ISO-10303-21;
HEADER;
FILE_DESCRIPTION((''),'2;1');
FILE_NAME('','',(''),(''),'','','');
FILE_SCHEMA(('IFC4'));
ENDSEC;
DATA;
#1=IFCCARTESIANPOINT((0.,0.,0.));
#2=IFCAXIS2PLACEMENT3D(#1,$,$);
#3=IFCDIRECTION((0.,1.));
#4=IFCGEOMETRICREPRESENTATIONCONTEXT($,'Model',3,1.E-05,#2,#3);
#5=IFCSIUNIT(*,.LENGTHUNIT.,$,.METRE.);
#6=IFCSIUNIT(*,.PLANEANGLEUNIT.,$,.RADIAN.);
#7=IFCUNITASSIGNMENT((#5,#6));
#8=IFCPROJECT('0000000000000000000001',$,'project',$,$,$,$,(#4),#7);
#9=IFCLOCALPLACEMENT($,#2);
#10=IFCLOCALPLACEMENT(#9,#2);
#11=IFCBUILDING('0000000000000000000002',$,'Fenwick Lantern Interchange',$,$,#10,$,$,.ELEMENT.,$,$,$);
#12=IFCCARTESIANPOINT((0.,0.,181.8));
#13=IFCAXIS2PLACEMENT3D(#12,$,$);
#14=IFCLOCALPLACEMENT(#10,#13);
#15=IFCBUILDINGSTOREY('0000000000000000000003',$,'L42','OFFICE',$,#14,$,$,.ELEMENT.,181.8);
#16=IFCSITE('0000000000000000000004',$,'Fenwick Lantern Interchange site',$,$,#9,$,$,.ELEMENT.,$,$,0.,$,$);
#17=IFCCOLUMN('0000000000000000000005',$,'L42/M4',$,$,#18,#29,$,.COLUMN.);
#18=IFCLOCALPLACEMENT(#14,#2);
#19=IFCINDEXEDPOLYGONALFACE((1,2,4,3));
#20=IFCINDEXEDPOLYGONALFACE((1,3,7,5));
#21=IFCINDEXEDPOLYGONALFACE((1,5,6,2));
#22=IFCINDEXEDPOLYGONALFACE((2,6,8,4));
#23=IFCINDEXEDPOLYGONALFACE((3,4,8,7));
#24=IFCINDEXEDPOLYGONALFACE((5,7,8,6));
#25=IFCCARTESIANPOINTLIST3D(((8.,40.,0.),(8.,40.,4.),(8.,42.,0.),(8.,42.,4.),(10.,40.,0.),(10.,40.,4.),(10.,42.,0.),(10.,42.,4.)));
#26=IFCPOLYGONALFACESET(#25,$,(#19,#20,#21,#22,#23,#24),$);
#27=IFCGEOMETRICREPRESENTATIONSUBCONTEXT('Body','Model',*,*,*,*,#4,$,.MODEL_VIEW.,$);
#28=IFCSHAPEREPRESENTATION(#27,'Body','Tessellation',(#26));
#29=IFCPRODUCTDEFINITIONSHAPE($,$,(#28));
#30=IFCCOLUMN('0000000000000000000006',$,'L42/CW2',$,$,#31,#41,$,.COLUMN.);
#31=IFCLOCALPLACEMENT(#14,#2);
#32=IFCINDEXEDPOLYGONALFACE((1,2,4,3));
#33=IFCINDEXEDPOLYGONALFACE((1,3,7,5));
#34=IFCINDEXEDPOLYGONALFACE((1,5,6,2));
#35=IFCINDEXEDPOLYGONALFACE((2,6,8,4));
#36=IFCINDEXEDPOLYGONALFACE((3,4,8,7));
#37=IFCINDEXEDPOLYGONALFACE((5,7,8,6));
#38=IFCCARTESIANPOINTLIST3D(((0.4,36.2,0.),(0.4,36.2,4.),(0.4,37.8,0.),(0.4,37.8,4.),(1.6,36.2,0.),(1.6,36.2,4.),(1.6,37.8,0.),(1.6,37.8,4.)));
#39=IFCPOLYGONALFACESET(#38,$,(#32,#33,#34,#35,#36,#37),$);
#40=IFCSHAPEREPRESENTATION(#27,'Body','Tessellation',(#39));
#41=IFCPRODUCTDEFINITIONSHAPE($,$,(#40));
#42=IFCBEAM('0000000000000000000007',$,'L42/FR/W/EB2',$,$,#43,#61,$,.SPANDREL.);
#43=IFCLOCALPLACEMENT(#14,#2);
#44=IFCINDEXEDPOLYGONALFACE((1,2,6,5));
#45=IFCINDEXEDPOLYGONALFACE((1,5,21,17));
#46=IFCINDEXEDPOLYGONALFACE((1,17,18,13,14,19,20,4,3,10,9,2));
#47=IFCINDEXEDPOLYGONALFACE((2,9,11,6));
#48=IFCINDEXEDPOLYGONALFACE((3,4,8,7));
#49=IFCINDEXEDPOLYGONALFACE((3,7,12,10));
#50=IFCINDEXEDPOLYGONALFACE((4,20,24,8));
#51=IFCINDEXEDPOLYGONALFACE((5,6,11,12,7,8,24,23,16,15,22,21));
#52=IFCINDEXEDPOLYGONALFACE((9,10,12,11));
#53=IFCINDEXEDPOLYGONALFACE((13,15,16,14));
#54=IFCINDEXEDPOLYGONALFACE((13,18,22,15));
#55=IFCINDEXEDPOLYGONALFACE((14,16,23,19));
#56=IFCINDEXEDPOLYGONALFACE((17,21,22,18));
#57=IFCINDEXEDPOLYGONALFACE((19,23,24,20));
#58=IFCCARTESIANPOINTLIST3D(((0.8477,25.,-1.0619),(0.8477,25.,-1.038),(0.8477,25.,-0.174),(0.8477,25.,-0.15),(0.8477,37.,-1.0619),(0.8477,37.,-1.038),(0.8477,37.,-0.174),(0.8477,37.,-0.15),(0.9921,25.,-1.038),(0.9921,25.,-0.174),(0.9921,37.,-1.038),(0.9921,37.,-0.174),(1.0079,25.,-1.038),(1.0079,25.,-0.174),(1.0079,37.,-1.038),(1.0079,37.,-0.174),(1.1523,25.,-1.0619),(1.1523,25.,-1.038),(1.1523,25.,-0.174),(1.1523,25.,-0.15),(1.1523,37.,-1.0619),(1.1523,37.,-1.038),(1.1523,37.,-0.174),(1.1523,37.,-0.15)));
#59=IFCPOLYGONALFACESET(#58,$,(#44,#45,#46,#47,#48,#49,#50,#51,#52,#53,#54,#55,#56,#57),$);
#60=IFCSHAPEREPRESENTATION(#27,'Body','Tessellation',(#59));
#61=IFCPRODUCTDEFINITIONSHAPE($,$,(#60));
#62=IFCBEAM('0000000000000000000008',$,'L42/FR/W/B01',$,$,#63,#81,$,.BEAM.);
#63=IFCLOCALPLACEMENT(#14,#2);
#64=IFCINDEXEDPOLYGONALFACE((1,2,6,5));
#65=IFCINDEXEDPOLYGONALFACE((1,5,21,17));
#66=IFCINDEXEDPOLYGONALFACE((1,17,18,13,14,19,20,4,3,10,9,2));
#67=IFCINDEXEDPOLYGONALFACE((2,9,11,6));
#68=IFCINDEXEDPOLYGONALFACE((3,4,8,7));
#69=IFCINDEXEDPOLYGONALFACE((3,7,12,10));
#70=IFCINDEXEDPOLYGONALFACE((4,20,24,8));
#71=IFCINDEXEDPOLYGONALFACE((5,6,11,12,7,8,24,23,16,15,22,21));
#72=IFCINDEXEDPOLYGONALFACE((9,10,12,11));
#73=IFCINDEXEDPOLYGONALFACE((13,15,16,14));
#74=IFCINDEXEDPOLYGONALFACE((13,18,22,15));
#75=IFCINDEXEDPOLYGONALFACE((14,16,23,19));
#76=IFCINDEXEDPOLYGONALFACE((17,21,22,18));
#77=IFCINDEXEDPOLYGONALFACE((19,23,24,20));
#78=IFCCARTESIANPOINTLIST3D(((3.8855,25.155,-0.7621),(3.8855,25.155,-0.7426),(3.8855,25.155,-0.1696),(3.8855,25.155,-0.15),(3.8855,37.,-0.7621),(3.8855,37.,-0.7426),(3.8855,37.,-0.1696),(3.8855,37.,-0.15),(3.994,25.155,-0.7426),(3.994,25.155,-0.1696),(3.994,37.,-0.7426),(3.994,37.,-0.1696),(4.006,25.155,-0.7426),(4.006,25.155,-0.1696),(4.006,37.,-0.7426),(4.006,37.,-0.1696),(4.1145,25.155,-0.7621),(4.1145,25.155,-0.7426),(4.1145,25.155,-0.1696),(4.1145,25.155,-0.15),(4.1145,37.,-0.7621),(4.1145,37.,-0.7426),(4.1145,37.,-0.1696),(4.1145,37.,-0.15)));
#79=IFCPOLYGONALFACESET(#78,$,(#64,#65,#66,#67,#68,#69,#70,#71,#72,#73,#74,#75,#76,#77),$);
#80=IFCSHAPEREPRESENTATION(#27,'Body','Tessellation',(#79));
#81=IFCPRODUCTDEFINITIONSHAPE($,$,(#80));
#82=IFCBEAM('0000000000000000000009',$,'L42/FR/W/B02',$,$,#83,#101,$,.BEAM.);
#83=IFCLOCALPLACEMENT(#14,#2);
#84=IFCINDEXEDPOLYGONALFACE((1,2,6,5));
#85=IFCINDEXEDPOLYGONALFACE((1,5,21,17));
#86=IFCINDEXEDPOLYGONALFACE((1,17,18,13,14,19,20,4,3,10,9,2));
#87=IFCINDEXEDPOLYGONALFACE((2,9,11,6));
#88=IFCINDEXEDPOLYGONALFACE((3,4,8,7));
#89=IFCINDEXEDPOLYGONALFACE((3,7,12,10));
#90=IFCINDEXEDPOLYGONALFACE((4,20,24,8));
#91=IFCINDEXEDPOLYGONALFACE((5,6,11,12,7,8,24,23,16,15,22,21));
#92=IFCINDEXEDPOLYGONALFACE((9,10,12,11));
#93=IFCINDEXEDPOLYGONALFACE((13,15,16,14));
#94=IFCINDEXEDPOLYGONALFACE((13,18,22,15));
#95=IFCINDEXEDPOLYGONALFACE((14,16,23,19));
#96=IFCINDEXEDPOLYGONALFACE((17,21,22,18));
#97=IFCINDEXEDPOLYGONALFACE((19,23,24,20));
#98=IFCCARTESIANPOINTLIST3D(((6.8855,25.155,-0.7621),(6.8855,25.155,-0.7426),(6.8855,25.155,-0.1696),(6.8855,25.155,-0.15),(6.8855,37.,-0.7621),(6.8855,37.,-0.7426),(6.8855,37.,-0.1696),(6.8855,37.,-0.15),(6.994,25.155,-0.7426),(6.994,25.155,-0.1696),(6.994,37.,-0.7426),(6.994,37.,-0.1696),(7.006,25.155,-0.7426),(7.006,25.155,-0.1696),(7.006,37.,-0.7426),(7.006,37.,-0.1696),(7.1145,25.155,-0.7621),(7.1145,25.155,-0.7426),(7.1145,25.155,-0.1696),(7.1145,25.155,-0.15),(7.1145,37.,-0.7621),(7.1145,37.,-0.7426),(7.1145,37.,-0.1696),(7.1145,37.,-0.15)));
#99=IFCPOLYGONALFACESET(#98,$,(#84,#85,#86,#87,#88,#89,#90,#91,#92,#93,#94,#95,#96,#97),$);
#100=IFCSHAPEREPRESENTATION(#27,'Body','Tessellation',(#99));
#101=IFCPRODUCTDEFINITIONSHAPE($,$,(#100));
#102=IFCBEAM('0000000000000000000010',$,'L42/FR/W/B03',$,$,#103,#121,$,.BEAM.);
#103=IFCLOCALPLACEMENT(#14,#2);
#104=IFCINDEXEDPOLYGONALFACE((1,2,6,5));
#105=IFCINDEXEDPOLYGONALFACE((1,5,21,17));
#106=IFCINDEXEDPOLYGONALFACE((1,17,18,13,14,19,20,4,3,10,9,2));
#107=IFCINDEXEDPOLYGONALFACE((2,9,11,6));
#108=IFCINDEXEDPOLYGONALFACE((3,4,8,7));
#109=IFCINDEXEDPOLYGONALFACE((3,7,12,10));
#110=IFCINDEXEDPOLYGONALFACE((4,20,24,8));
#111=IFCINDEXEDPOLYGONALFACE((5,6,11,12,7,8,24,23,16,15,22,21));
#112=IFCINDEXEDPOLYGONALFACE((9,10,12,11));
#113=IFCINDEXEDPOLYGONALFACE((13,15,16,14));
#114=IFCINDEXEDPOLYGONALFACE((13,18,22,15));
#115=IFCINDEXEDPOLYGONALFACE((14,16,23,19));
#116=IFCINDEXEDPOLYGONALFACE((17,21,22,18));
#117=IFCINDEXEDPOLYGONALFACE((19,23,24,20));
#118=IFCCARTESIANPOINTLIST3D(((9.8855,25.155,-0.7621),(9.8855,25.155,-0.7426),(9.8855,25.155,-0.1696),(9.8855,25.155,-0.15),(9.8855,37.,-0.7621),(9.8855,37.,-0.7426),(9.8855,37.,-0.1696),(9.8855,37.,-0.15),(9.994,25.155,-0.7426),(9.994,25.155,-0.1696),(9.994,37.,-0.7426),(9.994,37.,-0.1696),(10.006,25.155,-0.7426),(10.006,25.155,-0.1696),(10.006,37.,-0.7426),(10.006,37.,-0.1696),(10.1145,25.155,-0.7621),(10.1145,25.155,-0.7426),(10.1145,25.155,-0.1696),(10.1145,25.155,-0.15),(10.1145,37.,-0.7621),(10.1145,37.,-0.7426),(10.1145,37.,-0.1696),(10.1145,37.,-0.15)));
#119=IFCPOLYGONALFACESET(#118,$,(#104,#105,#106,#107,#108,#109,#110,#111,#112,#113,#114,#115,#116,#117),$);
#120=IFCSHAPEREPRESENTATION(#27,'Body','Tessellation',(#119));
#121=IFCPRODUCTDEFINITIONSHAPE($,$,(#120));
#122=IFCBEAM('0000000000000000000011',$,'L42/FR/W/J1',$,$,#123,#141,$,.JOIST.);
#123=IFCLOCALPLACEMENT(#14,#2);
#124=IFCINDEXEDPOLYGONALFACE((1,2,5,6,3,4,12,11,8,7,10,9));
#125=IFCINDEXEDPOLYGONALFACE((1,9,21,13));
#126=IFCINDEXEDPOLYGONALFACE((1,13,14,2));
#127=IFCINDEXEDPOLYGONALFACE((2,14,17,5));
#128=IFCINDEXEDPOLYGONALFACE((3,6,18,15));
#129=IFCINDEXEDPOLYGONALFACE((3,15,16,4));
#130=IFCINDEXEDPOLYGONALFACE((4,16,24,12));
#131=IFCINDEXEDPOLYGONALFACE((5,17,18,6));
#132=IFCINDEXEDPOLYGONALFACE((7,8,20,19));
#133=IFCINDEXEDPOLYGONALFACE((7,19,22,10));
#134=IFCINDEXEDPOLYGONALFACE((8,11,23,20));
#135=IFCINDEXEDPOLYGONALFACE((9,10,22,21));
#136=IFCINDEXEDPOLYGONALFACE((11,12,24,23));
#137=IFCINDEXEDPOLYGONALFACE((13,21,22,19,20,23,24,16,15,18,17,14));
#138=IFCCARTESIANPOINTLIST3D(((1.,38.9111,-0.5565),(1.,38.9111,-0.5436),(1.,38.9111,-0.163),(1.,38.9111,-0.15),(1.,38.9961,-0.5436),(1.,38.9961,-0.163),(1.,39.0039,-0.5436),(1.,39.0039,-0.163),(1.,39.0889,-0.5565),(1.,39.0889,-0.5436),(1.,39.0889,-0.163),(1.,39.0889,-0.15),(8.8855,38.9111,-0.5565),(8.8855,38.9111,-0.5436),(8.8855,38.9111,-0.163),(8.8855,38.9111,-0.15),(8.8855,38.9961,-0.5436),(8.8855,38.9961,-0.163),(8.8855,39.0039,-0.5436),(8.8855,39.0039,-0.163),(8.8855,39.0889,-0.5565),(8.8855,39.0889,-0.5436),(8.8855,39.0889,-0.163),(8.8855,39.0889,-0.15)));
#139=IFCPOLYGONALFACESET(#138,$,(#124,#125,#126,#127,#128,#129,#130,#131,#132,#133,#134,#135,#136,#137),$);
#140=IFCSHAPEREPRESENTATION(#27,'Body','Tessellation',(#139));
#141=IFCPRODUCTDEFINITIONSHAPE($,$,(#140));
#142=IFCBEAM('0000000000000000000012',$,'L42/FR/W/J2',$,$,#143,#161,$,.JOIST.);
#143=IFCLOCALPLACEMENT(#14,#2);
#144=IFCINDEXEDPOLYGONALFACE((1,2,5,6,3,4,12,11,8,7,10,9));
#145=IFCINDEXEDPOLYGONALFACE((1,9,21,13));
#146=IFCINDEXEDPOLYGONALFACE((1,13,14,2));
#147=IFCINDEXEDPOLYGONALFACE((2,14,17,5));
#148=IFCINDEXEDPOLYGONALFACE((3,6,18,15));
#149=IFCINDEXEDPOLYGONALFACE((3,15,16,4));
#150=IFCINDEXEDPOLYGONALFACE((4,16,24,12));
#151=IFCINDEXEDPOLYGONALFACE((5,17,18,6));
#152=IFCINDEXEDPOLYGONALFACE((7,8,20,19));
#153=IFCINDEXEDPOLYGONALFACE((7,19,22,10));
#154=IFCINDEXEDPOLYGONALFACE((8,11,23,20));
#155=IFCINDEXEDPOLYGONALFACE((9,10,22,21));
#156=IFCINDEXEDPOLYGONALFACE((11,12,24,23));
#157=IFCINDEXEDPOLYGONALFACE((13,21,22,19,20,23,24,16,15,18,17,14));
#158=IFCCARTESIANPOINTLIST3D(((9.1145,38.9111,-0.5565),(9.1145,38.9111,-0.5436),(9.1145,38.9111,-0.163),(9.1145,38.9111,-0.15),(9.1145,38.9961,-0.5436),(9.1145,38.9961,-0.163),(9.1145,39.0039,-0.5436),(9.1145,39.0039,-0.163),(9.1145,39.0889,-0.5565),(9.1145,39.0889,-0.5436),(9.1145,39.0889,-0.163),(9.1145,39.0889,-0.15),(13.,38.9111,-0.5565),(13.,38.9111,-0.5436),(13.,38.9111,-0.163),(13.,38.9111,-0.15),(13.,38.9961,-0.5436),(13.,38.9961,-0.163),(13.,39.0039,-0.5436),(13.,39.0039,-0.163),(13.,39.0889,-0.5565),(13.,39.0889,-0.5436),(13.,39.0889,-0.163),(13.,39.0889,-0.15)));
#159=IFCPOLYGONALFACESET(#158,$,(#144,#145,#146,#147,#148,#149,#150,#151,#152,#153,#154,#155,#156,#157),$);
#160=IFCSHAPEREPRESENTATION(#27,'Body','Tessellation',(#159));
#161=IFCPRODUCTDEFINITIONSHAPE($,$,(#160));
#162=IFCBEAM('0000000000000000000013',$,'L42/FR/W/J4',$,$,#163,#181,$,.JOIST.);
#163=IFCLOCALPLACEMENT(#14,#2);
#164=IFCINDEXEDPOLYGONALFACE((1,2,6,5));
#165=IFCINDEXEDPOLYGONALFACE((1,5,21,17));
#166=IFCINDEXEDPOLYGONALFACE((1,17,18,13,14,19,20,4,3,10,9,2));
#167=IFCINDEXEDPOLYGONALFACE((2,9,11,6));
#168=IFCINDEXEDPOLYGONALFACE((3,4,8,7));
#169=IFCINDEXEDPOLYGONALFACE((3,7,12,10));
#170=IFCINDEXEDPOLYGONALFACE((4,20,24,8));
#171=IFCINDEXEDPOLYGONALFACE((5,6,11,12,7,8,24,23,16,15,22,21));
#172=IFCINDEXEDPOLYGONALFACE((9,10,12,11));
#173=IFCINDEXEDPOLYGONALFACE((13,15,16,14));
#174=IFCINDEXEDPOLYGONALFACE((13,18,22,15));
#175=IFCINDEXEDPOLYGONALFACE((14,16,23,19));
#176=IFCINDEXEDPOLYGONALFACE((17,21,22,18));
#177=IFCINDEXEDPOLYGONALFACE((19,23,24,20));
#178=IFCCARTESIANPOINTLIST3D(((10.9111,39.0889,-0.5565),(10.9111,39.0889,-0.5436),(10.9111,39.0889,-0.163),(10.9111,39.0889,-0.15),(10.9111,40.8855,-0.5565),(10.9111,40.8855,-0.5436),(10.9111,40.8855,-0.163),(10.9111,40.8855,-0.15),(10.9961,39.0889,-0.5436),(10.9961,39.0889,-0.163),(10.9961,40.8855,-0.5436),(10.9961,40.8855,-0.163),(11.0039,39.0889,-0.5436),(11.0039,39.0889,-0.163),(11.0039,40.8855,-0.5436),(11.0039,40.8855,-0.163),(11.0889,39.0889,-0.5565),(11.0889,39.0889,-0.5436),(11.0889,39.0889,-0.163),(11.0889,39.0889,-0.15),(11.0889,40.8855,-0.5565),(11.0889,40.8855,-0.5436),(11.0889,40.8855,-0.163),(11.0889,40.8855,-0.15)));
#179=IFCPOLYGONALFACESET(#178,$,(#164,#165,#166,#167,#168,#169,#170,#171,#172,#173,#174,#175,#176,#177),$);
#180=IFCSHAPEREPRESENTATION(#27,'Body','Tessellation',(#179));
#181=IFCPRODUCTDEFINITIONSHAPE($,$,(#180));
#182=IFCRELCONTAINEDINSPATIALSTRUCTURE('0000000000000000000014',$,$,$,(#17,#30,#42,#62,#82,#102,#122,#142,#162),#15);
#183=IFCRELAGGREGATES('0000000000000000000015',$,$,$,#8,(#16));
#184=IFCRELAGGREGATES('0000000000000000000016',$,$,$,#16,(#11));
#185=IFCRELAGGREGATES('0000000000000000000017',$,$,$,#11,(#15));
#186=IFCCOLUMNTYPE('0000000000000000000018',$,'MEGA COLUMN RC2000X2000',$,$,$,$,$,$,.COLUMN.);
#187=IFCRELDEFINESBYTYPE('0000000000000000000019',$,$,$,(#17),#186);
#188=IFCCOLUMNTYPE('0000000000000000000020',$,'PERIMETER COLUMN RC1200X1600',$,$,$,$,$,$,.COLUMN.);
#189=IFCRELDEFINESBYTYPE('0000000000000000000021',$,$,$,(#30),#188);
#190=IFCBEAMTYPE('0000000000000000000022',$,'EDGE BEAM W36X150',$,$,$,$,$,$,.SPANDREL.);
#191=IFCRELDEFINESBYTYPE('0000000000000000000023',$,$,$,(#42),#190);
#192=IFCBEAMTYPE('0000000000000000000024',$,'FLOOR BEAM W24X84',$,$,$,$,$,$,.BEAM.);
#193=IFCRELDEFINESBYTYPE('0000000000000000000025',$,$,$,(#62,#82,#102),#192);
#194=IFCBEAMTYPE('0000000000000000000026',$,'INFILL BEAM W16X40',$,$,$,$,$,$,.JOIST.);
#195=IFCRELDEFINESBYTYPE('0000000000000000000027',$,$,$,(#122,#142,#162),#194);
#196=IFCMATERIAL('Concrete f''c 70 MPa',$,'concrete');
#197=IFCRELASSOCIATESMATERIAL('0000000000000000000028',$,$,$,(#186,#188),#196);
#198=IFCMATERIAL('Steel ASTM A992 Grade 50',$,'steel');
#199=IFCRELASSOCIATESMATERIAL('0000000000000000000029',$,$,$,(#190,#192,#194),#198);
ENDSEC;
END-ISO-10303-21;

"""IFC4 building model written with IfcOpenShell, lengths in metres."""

from ifc_helpers import new_model, si_unit, direction, frame, origin, origin_2d, place, context, subcontext, project, spatial, rectangle, i_section, extrude, material, material_profile, profile_set, type_object, element, save


model = new_model("IFC4")

# Units and contexts
model_context = context("Model", 3, precision=1e-05, world=origin(), true_north=direction((0.0, 1.0)))
body_context = subcontext(model_context, "Body", "Model", "MODEL_VIEW")
ifc_project = project(units=[si_unit("LENGTHUNIT", "METRE"), si_unit("PLANEANGLEUNIT", "RADIAN")], contexts=[model_context])

# Site, building, storey
site_placement = place(None, origin())
site = spatial("IfcSite", under=ifc_project, at=site_placement, Name="Fenwick Lantern Interchange site", CompositionType="ELEMENT", RefElevation=0.0)
building_placement = place(site_placement, origin())
building = spatial("IfcBuilding", under=site, at=building_placement, Name="Fenwick Lantern Interchange", CompositionType="ELEMENT")
storey_placement = place(building_placement, frame((0.0, 0.0, 181.8)))
storey = spatial("IfcBuildingStorey", under=building, at=storey_placement, Name="L42", Description="OFFICE", CompositionType="ELEMENT", Elevation=181.8)

# Columns
ifc_material_1 = material(Name="Concrete f'c 70 MPa", Category="concrete")
ifc_material_profile_1 = material_profile(ifc_material_1, rectangle(XDim=2.0, YDim=2.0, at=origin_2d()), Name="RC2000X2000")
ifc_profile_set_1 = profile_set([ifc_material_profile_1], Name="Concrete f'c 70 MPa")
column_type_1 = type_object("IfcColumnType", Name="MEGA COLUMN RC2000X2000", PredefinedType="COLUMN", material=ifc_profile_set_1)
column_1_placement = place(storey_placement, frame((9.0, 41.0, 0.0), z_axis=(0.0, 0.0, 1.0), x_axis=(1.0, 0.0, 0.0)))
element("IfcColumn", 1, at=column_1_placement, inside=storey, type_object=column_type_1, Name="L42/M4", PredefinedType="COLUMN", context=body_context, shape_type="SweptSolid", body=[
    extrude(rectangle(XDim=2.0, YDim=2.0, at=origin_2d()), origin(), (0.0, 0.0, 1.0), 4.0),
])
ifc_material_profile_2 = material_profile(ifc_material_1, rectangle(XDim=1.2, YDim=1.6001, at=origin_2d()), Name="RC1200X1600")
ifc_profile_set_2 = profile_set([ifc_material_profile_2], Name="Concrete f'c 70 MPa")
column_type_2 = type_object("IfcColumnType", Name="PERIMETER COLUMN RC1200X1600", PredefinedType="COLUMN", material=ifc_profile_set_2)
column_2_placement = place(storey_placement, frame((1.0, 37.0, 0.0), z_axis=(0.0, 0.0, 1.0), x_axis=(1.0, 0.0, 0.0)))
element("IfcColumn", 2, at=column_2_placement, inside=storey, type_object=column_type_2, Name="L42/CW2", PredefinedType="COLUMN", context=body_context, shape_type="SweptSolid", body=[
    extrude(rectangle(XDim=1.2, YDim=1.6001, at=origin_2d()), origin(), (0.0, 0.0, 1.0), 4.0),
])

# Beams
ifc_material_2 = material(Name="Steel ASTM A992 Grade 50", Category="steel")
ifc_material_profile_3 = material_profile(ifc_material_2, i_section(OverallWidth=0.3047, OverallDepth=0.9119, WebThickness=0.0159, FlangeThickness=0.0239, at=origin_2d()), Name="W36X150")
ifc_profile_set_3 = profile_set([ifc_material_profile_3], Name="Steel ASTM A992 Grade 50")
beam_type_1 = type_object("IfcBeamType", Name="EDGE BEAM W36X150", PredefinedType="SPANDREL", material=ifc_profile_set_3)
beam_1_placement = place(storey_placement, frame((1.0, 37.0, -0.606), z_axis=(0.0, -1.0, 0.0), x_axis=(1.0, 0.0, 0.0)))
element("IfcBeam", 3, at=beam_1_placement, inside=storey, type_object=beam_type_1, Name="L42/FR/W/EB2", PredefinedType="SPANDREL", context=body_context, shape_type="SweptSolid", body=[
    extrude(i_section(OverallWidth=0.3047, OverallDepth=0.9119, WebThickness=0.0159, FlangeThickness=0.0239, at=origin_2d()), origin(), (0.0, 0.0, 1.0), 12.0),
])
ifc_material_profile_4 = material_profile(ifc_material_2, i_section(OverallWidth=0.229, OverallDepth=0.6121, WebThickness=0.012, FlangeThickness=0.0195, at=origin_2d()), Name="W24X84")
ifc_profile_set_4 = profile_set([ifc_material_profile_4], Name="Steel ASTM A992 Grade 50")
beam_type_2 = type_object("IfcBeamType", Name="FLOOR BEAM W24X84", PredefinedType="BEAM", material=ifc_profile_set_4)
for number, where, z_axis, x_axis, name in (
    (4, (4.0, 37.0, -0.4561), (0.0, -1.0, 0.0), (1.0, 0.0, 0.0), "L42/FR/W/B01"),
    (5, (7.0, 37.0, -0.4561), (0.0, -1.0, 0.0), (1.0, 0.0, 0.0), "L42/FR/W/B02"),
    (6, (10.0, 37.0, -0.4561), (0.0, -1.0, 0.0), (1.0, 0.0, 0.0), "L42/FR/W/B03"),
):
    element("IfcBeam", number, at=place(storey_placement, frame(where, z_axis=z_axis, x_axis=x_axis)), inside=storey, type_object=beam_type_2, Name=name, PredefinedType="BEAM", context=body_context, shape_type="SweptSolid", body=[
        extrude(i_section(OverallWidth=0.229, OverallDepth=0.6121, WebThickness=0.012, FlangeThickness=0.0195, at=origin_2d()), origin(), (0.0, 0.0, 1.0), 11.845),
    ])
ifc_material_profile_5 = material_profile(ifc_material_2, i_section(OverallWidth=0.1777, OverallDepth=0.4065, WebThickness=0.0078, FlangeThickness=0.0129, at=origin_2d()), Name="W16X40")
ifc_profile_set_5 = profile_set([ifc_material_profile_5], Name="Steel ASTM A992 Grade 50")
beam_type_3 = type_object("IfcBeamType", Name="INFILL BEAM W16X40", PredefinedType="JOIST", material=ifc_profile_set_5)
beam_2_placement = place(storey_placement, frame((1.0, 39.0, -0.3533), z_axis=(1.0, 0.0, 0.0), x_axis=(0.0, 1.0, 0.0)))
element("IfcBeam", 7, at=beam_2_placement, inside=storey, type_object=beam_type_3, Name="L42/FR/W/J1", PredefinedType="JOIST", context=body_context, shape_type="SweptSolid", body=[
    extrude(i_section(OverallWidth=0.1777, OverallDepth=0.4065, WebThickness=0.0078, FlangeThickness=0.0129, at=origin_2d()), origin(), (0.0, 0.0, 1.0), 7.8855),
])
beam_3_placement = place(storey_placement, frame((9.1145, 39.0, -0.3533), z_axis=(1.0, 0.0, 0.0), x_axis=(0.0, 1.0, 0.0)))
element("IfcBeam", 8, at=beam_3_placement, inside=storey, type_object=beam_type_3, Name="L42/FR/W/J2", PredefinedType="JOIST", context=body_context, shape_type="SweptSolid", body=[
    extrude(i_section(OverallWidth=0.1777, OverallDepth=0.4065, WebThickness=0.0078, FlangeThickness=0.0129, at=origin_2d()), origin(), (0.0, 0.0, 1.0), 3.8855),
])
beam_4_placement = place(storey_placement, frame((11.0, 40.8855, -0.3533), z_axis=(0.0, -1.0, 0.0), x_axis=(1.0, 0.0, 0.0)))
element("IfcBeam", 9, at=beam_4_placement, inside=storey, type_object=beam_type_3, Name="L42/FR/W/J4", PredefinedType="JOIST", context=body_context, shape_type="SweptSolid", body=[
    extrude(i_section(OverallWidth=0.1777, OverallDepth=0.4065, WebThickness=0.0078, FlangeThickness=0.0129, at=origin_2d()), origin(), (0.0, 0.0, 1.0), 1.7966),
])

save(model, "model.ifc")
